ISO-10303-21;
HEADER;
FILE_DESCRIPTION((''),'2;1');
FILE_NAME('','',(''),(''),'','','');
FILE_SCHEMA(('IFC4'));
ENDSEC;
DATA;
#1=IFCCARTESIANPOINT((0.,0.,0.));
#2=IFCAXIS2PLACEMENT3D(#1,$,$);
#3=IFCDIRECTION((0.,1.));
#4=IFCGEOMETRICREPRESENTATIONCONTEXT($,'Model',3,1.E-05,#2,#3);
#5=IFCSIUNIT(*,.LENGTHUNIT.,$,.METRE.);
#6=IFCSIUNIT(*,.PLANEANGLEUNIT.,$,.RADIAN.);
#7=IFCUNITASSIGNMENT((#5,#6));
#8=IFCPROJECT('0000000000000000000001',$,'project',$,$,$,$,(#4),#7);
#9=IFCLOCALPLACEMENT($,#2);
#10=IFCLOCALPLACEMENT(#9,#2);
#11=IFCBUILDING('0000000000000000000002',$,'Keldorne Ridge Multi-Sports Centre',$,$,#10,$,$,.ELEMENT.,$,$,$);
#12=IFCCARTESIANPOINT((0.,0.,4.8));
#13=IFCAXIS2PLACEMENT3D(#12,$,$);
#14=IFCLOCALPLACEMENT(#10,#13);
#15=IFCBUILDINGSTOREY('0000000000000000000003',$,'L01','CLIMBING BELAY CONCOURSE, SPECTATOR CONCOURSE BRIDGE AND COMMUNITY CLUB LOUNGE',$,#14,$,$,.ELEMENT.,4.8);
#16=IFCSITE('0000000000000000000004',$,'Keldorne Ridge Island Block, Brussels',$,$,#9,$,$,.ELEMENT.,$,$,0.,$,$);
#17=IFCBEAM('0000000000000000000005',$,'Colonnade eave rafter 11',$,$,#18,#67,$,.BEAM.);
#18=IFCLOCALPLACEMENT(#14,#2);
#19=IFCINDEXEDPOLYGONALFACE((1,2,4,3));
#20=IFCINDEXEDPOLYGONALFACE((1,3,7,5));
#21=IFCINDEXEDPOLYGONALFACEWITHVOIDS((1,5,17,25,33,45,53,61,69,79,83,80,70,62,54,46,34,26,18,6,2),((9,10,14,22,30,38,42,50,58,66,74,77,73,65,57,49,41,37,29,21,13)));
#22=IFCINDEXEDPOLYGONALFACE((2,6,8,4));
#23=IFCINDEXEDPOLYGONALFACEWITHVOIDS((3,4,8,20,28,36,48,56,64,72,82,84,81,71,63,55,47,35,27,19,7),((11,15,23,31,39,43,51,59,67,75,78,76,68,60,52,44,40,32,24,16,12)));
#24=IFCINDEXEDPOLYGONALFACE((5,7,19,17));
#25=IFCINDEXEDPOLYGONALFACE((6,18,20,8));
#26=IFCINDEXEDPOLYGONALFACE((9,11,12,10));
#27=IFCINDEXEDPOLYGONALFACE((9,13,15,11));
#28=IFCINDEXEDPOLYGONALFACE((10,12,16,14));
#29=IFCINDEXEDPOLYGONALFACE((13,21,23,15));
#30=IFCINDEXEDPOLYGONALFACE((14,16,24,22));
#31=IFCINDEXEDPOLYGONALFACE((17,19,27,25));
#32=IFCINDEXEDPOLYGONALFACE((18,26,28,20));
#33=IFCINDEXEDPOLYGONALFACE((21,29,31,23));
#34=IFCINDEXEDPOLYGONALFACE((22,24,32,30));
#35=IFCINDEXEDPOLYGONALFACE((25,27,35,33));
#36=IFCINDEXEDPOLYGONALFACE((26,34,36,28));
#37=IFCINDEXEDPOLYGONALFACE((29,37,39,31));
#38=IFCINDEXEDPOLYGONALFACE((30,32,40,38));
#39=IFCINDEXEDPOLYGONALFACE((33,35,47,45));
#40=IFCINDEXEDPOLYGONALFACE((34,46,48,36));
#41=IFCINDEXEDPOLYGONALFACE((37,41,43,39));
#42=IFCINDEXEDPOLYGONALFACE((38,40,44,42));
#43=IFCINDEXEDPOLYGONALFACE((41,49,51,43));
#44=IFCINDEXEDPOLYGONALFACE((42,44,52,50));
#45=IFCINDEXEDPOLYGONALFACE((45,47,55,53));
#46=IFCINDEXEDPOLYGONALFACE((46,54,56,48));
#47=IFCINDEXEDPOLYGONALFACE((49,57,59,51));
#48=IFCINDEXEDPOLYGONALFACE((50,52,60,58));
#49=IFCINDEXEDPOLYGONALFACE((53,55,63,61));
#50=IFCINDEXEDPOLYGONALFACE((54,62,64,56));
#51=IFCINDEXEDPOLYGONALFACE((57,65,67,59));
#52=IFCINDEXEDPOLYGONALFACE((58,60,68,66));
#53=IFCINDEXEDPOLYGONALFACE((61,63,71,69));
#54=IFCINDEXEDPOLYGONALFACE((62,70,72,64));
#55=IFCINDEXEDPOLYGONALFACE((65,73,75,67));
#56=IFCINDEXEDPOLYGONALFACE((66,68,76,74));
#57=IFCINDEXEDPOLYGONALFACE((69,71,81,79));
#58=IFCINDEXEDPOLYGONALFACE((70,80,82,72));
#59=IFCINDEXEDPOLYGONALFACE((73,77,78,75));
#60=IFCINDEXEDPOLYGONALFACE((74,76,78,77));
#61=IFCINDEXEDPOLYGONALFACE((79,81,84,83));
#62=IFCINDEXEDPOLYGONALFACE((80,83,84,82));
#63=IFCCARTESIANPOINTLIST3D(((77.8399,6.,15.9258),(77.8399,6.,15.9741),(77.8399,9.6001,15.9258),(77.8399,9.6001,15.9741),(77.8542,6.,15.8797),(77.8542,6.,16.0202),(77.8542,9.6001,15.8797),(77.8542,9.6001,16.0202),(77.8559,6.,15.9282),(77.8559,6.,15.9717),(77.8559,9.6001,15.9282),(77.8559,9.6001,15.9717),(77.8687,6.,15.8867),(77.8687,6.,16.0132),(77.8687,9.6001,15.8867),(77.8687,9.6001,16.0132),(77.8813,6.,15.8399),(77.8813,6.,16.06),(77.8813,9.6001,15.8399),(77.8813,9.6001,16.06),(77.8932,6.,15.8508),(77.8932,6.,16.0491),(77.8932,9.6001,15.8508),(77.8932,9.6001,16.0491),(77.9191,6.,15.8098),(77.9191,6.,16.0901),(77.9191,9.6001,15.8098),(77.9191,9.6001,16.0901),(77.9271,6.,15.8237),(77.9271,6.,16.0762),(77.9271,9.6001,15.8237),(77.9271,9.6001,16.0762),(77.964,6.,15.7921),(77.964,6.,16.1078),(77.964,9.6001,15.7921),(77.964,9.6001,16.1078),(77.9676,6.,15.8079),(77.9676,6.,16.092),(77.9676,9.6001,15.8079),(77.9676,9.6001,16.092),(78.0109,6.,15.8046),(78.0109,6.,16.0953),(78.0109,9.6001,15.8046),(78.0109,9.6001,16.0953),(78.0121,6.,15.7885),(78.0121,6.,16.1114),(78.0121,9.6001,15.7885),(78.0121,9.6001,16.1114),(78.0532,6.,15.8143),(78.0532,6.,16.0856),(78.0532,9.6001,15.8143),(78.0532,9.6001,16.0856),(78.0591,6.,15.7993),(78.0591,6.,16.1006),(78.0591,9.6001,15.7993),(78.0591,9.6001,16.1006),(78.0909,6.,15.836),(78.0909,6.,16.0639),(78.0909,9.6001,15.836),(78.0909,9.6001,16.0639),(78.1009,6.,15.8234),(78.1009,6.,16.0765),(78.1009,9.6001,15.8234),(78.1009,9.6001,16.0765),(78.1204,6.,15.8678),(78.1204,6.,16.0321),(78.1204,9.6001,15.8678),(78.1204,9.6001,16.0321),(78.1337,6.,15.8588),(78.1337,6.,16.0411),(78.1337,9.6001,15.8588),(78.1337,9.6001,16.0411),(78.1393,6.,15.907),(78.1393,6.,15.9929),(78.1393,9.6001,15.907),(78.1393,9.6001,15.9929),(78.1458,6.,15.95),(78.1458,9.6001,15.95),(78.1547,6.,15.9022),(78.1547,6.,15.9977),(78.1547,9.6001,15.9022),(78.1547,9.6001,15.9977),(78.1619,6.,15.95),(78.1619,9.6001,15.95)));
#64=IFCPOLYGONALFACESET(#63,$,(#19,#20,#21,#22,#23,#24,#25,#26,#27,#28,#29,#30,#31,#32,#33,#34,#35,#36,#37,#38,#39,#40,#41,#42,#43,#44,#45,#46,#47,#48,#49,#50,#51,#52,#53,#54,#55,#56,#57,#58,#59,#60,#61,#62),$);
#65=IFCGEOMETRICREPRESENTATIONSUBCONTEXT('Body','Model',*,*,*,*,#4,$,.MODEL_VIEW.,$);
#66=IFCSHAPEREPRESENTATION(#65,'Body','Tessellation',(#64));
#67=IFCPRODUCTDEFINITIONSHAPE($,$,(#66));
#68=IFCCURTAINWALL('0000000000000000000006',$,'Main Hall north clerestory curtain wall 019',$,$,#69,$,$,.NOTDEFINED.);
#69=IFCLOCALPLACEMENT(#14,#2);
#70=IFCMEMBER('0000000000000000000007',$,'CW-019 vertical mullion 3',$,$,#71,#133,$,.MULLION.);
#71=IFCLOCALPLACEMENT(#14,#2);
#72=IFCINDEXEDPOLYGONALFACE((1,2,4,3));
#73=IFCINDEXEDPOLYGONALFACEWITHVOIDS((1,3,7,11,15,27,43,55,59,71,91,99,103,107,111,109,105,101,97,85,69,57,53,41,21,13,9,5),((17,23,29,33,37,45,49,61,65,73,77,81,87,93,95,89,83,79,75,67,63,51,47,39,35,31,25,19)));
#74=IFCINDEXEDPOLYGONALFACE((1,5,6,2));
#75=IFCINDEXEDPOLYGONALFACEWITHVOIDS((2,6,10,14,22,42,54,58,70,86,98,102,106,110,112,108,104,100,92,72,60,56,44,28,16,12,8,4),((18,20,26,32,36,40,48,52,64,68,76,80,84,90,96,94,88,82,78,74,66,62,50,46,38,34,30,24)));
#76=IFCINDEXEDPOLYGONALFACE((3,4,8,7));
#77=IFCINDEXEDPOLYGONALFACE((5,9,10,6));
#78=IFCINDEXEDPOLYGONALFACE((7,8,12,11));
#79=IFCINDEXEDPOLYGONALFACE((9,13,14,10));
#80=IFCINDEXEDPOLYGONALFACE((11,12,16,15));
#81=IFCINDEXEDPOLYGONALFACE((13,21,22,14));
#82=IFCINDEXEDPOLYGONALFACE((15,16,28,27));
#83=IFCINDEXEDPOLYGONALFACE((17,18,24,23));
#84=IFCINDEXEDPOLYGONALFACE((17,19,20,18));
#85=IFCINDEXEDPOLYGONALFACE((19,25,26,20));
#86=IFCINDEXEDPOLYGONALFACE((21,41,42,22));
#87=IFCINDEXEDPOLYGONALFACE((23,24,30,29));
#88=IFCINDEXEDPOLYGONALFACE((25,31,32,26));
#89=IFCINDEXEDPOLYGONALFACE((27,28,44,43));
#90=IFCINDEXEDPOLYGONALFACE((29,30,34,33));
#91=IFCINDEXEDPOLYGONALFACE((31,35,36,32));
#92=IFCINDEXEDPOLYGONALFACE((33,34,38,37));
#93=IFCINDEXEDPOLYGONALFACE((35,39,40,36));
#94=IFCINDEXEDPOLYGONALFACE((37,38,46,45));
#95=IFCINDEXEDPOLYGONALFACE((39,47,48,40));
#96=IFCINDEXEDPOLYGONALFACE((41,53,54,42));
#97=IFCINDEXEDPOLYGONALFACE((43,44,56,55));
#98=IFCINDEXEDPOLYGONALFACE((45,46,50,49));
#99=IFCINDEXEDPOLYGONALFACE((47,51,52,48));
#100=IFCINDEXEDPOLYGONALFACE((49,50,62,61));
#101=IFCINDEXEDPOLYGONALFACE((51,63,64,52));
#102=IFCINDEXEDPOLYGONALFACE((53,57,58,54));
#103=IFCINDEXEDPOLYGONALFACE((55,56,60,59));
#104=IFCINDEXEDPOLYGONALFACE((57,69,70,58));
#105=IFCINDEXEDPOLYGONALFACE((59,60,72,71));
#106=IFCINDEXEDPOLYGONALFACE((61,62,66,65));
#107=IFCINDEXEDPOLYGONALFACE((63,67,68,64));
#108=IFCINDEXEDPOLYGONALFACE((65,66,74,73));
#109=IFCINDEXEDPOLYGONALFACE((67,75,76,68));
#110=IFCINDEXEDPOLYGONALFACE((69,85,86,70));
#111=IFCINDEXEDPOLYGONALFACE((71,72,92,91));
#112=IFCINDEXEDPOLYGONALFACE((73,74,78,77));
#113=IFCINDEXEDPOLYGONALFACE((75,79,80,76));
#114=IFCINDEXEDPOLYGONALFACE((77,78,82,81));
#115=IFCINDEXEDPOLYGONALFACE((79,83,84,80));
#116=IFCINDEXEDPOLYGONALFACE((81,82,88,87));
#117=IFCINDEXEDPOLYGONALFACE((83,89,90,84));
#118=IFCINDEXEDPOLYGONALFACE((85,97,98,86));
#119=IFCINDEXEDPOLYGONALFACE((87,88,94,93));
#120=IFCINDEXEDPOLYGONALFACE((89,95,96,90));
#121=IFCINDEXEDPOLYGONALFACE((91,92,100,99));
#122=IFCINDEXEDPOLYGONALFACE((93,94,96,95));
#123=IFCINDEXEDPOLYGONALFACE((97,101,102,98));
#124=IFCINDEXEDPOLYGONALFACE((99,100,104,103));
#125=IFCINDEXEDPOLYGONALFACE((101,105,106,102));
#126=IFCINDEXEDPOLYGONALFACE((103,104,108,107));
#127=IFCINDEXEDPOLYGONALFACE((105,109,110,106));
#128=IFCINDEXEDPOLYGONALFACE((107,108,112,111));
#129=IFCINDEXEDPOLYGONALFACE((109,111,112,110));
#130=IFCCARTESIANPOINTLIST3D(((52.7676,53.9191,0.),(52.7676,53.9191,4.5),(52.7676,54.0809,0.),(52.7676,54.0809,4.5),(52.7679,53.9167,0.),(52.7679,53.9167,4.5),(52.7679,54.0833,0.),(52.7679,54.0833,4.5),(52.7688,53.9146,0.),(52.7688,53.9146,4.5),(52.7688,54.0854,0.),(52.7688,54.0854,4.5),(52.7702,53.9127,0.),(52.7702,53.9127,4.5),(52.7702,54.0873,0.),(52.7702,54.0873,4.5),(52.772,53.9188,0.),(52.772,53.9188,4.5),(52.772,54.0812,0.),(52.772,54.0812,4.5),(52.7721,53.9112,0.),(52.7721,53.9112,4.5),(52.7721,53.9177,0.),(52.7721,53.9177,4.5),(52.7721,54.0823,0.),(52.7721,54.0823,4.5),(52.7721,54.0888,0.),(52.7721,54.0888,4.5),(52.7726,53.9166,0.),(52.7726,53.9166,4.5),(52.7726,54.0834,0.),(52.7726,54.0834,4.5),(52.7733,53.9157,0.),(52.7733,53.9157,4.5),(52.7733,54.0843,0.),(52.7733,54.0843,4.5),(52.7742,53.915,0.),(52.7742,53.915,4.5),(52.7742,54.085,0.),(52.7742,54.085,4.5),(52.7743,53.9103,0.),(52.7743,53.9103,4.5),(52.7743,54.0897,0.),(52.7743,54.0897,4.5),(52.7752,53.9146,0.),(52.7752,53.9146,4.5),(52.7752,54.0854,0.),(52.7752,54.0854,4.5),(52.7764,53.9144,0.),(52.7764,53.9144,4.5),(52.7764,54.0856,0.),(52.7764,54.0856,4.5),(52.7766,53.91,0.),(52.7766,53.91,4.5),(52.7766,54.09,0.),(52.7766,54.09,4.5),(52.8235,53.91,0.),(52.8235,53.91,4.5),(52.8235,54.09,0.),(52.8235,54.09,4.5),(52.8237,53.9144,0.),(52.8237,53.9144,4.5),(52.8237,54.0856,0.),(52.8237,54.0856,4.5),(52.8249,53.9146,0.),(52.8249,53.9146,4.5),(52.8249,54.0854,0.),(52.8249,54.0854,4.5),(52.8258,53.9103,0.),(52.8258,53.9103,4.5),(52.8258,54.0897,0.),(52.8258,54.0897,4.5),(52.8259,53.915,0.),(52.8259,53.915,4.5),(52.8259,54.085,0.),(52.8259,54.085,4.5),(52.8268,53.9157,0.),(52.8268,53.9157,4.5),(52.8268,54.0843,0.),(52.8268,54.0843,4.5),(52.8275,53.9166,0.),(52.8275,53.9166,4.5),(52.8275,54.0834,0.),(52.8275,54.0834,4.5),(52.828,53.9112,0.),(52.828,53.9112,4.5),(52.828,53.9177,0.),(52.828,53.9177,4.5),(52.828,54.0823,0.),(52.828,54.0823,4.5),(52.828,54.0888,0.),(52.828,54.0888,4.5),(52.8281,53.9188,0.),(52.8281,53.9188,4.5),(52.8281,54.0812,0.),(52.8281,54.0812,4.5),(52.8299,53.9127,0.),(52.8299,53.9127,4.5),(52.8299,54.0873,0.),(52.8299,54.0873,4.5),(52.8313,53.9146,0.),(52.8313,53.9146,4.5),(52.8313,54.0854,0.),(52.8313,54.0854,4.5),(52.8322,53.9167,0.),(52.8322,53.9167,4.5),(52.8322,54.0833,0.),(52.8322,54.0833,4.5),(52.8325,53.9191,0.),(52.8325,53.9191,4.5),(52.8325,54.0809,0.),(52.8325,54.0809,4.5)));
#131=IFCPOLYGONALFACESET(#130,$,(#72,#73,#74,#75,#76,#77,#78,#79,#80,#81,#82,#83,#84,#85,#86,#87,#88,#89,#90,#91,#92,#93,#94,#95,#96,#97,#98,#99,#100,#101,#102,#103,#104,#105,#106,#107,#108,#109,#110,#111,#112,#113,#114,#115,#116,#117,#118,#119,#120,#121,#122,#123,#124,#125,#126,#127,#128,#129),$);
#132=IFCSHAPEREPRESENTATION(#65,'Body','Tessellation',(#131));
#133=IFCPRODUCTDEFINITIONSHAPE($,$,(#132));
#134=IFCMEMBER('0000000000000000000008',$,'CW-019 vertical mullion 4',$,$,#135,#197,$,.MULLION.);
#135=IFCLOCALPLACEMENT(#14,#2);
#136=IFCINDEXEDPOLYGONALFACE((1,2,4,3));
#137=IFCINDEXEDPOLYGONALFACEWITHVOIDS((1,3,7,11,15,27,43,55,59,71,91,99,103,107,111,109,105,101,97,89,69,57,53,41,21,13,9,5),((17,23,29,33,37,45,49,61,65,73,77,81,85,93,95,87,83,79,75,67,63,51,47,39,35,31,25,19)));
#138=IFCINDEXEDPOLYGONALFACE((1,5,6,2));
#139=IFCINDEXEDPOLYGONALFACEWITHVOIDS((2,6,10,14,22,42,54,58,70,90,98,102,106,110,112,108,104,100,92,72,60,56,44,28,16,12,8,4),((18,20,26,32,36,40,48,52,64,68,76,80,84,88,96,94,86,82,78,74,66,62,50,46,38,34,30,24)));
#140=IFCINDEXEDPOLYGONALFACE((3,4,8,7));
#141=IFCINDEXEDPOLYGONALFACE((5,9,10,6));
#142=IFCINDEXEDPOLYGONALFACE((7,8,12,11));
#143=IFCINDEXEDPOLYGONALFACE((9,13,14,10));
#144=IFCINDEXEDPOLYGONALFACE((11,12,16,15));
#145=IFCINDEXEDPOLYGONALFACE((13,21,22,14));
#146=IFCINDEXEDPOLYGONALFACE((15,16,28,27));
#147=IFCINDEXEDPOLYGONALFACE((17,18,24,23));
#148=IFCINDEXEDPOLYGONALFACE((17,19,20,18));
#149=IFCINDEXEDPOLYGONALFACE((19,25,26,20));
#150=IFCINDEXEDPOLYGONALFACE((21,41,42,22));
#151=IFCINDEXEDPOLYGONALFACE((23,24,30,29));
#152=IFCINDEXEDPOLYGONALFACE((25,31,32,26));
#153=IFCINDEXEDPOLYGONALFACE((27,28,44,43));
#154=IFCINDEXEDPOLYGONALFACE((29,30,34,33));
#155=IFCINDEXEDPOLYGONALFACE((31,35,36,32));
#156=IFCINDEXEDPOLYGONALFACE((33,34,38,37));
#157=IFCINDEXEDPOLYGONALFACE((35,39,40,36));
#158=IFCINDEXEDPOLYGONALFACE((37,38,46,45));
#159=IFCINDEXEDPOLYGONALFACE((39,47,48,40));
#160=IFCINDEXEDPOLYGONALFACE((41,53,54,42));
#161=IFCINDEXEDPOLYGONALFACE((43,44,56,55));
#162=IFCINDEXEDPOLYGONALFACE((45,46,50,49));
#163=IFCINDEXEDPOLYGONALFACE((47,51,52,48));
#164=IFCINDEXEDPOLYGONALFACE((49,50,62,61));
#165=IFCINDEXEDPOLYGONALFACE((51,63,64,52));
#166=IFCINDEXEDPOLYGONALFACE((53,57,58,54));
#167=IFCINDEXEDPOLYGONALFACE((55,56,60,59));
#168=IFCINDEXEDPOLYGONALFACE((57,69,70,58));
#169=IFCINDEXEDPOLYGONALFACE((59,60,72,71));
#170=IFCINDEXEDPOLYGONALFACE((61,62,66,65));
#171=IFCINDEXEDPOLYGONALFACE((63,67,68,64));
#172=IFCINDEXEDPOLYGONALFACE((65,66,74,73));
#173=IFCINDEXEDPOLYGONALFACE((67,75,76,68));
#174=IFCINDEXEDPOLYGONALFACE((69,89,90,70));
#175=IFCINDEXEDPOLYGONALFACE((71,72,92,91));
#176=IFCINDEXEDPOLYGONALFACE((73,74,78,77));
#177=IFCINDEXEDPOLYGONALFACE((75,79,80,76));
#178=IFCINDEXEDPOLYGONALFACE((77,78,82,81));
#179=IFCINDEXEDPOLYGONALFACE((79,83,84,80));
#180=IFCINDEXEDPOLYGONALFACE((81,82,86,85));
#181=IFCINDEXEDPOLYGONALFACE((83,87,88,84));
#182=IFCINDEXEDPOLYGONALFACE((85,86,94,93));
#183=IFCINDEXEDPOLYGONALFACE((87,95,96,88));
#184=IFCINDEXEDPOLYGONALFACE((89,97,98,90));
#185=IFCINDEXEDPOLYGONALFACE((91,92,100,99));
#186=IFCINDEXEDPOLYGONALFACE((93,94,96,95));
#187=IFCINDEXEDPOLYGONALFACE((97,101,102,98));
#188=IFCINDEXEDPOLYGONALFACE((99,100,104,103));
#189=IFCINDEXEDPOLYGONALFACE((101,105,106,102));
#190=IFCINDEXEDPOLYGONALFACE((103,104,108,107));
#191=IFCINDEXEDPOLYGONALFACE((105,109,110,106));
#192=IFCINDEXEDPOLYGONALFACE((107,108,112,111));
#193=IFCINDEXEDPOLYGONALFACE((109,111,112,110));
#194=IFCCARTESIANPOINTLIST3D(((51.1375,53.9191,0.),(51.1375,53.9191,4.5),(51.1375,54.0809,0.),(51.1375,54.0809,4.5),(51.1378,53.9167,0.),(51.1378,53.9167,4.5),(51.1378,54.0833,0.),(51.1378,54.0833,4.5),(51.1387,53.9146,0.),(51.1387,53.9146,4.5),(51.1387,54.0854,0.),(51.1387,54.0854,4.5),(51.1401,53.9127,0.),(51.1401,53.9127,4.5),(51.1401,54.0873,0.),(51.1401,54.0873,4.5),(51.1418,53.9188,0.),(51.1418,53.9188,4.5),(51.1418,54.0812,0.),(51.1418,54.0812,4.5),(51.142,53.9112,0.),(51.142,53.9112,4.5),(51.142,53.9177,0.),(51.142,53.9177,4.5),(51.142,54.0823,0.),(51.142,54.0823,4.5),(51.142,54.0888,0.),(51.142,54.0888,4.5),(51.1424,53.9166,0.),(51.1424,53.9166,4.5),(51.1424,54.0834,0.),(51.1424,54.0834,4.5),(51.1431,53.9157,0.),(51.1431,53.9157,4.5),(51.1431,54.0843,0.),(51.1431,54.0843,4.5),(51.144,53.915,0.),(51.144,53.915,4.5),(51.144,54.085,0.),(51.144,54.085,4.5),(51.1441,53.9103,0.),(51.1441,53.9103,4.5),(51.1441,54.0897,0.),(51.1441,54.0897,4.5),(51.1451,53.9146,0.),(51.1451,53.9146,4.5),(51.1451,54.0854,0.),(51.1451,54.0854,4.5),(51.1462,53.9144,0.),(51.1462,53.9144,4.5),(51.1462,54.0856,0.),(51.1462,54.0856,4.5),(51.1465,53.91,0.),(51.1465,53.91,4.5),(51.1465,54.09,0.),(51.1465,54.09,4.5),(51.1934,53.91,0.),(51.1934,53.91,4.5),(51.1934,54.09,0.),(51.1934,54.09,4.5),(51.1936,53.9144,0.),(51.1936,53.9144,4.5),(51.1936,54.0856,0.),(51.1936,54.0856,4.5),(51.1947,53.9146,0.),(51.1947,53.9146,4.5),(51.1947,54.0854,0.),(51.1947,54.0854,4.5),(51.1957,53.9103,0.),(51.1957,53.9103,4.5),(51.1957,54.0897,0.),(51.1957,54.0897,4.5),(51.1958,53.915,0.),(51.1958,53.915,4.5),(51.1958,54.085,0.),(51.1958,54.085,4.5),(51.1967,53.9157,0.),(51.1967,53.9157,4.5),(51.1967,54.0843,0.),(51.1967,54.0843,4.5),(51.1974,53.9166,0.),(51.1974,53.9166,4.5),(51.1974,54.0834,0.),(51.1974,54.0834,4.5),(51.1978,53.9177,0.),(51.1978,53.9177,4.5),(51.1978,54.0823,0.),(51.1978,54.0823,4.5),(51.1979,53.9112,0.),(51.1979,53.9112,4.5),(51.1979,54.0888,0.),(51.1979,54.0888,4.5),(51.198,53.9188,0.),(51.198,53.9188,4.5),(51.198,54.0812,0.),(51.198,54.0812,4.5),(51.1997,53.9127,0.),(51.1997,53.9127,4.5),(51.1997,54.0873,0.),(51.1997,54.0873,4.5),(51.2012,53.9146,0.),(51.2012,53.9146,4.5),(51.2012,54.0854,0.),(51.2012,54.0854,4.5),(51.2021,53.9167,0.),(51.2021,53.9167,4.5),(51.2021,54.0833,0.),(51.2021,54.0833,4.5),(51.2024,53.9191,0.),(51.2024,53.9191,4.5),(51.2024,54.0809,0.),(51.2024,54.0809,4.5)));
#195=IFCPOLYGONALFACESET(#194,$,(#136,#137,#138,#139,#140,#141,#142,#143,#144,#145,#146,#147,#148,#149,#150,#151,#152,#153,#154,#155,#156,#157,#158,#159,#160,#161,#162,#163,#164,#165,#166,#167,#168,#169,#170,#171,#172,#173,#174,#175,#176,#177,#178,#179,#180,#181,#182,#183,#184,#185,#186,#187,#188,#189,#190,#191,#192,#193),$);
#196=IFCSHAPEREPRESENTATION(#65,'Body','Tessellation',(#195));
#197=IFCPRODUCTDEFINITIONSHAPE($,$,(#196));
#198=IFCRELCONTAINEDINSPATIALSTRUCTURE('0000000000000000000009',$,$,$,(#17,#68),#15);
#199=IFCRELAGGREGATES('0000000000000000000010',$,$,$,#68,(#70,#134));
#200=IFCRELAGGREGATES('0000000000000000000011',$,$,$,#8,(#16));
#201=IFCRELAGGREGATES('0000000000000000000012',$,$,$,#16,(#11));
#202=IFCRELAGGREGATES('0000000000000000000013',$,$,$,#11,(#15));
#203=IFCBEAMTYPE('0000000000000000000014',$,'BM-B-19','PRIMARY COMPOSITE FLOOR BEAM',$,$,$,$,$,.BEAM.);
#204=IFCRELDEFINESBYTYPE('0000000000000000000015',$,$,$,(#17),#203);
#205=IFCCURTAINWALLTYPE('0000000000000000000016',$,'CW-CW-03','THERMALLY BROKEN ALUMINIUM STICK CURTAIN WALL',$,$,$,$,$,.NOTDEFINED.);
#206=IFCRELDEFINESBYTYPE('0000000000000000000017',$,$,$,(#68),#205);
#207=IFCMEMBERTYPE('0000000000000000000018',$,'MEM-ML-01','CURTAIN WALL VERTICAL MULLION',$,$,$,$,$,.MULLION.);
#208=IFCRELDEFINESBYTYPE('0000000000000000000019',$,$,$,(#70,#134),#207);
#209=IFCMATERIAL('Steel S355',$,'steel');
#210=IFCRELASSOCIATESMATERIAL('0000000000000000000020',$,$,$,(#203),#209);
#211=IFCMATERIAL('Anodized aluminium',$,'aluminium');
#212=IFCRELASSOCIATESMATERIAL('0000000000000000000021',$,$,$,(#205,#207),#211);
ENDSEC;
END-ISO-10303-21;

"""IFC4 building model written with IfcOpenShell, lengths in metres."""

from ifc_helpers import new_model, si_unit, direction, frame, origin, origin_2d, place, context, subcontext, project, spatial, hollow_rectangle, hollow_circle, extrude, material, material_profile, profile_set, type_object, element, aggregate, save


model = new_model("IFC4")

# Units and contexts
model_context = context("Model", 3, precision=1e-05, world=origin(), true_north=direction((0.0, 1.0)))
body_context = subcontext(model_context, "Body", "Model", "MODEL_VIEW")
ifc_project = project(units=[si_unit("LENGTHUNIT", "METRE"), si_unit("PLANEANGLEUNIT", "RADIAN")], contexts=[model_context])

# Site, building, storey
site_placement = place(None, origin())
site = spatial("IfcSite", under=ifc_project, at=site_placement, Name="Keldorne Ridge Island Block, Brussels", CompositionType="ELEMENT", RefElevation=0.0)
building_placement = place(site_placement, origin())
building = spatial("IfcBuilding", under=site, at=building_placement, Name="Keldorne Ridge Multi-Sports Centre", CompositionType="ELEMENT")
storey_placement = place(building_placement, frame((0.0, 0.0, 4.8)))
storey = spatial("IfcBuildingStorey", under=building, at=storey_placement, Name="L01", Description="CLIMBING BELAY CONCOURSE, SPECTATOR CONCOURSE BRIDGE AND COMMUNITY CLUB LOUNGE", CompositionType="ELEMENT", Elevation=4.8)

# Shared definitions
ifc_material_1 = material(Name="Steel S355", Category="steel")

# Beam
ifc_material_profile_1 = material_profile(ifc_material_1, hollow_circle(Radius=0.1619, WallThickness=0.0161, at=origin_2d()), Name="CHS 323.9x16")
ifc_profile_set_1 = profile_set([ifc_material_profile_1], Name="Steel S355")
beam_type_1 = type_object("IfcBeamType", Name="BM-B-19", Description="PRIMARY COMPOSITE FLOOR BEAM", PredefinedType="BEAM", material=ifc_profile_set_1)
beam_1_placement = place(storey_placement, frame((78.0, 9.6001, 15.95), z_axis=(0.0, -1.0, 0.0), x_axis=(1.0, 0.0, 0.0)))
element("IfcBeam", 1, at=beam_1_placement, inside=storey, type_object=beam_type_1, Name="Colonnade eave rafter 11", PredefinedType="BEAM", context=body_context, shape_type="SweptSolid", body=[
    extrude(hollow_circle(Radius=0.1619, WallThickness=0.0161, at=origin_2d()), origin(), (0.0, 0.0, 1.0), 3.6001),
])

# Curtain wall, members
ifc_material_2 = material(Name="Anodized aluminium", Category="aluminium")
curtain_wall_type = type_object("IfcCurtainWallType", Name="CW-CW-03", Description="THERMALLY BROKEN ALUMINIUM STICK CURTAIN WALL", PredefinedType="NOTDEFINED", material=ifc_material_2)
curtain_wall_placement = place(storey_placement, origin())
curtain_wall = element("IfcCurtainWall", 2, at=curtain_wall_placement, inside=storey, type_object=curtain_wall_type, Name="Main Hall north clerestory curtain wall 019", PredefinedType="NOTDEFINED")
ifc_material_profile_2 = material_profile(ifc_material_2, hollow_rectangle(XDim=0.0649, YDim=0.1799, WallThickness=0.0044, InnerFilletRadius=0.0044, OuterFilletRadius=0.009, at=origin_2d()), Name="ALU MULLION 180x65x4.5")
ifc_profile_set_2 = profile_set([ifc_material_profile_2], Name="Anodized aluminium")
member_type_1 = type_object("IfcMemberType", Name="MEM-ML-01", Description="CURTAIN WALL VERTICAL MULLION", PredefinedType="MULLION", material=ifc_profile_set_2)
member_1_placement = place(storey_placement, frame((52.8, 54.0, 0.0), z_axis=(0.0, 0.0, 1.0), x_axis=(1.0, 0.0, 0.0)))
member_1 = element("IfcMember", 3, at=member_1_placement, type_object=member_type_1, Name="CW-019 vertical mullion 3", PredefinedType="MULLION", context=body_context, shape_type="SweptSolid", body=[
    extrude(hollow_rectangle(XDim=0.0649, YDim=0.1799, WallThickness=0.0044, InnerFilletRadius=0.0044, OuterFilletRadius=0.009, at=origin_2d()), origin(), (0.0, 0.0, 1.0), 4.5),
])
member_2_placement = place(storey_placement, frame((51.1699, 54.0, 0.0), z_axis=(0.0, 0.0, 1.0), x_axis=(1.0, 0.0, 0.0)))
member_2 = element("IfcMember", 4, at=member_2_placement, type_object=member_type_1, Name="CW-019 vertical mullion 4", PredefinedType="MULLION", context=body_context, shape_type="SweptSolid", body=[
    extrude(hollow_rectangle(XDim=0.0649, YDim=0.1799, WallThickness=0.0044, InnerFilletRadius=0.0044, OuterFilletRadius=0.009, at=origin_2d()), origin(), (0.0, 0.0, 1.0), 4.5),
])
aggregate(curtain_wall, [member_1, member_2])

save(model, "model.ifc")
